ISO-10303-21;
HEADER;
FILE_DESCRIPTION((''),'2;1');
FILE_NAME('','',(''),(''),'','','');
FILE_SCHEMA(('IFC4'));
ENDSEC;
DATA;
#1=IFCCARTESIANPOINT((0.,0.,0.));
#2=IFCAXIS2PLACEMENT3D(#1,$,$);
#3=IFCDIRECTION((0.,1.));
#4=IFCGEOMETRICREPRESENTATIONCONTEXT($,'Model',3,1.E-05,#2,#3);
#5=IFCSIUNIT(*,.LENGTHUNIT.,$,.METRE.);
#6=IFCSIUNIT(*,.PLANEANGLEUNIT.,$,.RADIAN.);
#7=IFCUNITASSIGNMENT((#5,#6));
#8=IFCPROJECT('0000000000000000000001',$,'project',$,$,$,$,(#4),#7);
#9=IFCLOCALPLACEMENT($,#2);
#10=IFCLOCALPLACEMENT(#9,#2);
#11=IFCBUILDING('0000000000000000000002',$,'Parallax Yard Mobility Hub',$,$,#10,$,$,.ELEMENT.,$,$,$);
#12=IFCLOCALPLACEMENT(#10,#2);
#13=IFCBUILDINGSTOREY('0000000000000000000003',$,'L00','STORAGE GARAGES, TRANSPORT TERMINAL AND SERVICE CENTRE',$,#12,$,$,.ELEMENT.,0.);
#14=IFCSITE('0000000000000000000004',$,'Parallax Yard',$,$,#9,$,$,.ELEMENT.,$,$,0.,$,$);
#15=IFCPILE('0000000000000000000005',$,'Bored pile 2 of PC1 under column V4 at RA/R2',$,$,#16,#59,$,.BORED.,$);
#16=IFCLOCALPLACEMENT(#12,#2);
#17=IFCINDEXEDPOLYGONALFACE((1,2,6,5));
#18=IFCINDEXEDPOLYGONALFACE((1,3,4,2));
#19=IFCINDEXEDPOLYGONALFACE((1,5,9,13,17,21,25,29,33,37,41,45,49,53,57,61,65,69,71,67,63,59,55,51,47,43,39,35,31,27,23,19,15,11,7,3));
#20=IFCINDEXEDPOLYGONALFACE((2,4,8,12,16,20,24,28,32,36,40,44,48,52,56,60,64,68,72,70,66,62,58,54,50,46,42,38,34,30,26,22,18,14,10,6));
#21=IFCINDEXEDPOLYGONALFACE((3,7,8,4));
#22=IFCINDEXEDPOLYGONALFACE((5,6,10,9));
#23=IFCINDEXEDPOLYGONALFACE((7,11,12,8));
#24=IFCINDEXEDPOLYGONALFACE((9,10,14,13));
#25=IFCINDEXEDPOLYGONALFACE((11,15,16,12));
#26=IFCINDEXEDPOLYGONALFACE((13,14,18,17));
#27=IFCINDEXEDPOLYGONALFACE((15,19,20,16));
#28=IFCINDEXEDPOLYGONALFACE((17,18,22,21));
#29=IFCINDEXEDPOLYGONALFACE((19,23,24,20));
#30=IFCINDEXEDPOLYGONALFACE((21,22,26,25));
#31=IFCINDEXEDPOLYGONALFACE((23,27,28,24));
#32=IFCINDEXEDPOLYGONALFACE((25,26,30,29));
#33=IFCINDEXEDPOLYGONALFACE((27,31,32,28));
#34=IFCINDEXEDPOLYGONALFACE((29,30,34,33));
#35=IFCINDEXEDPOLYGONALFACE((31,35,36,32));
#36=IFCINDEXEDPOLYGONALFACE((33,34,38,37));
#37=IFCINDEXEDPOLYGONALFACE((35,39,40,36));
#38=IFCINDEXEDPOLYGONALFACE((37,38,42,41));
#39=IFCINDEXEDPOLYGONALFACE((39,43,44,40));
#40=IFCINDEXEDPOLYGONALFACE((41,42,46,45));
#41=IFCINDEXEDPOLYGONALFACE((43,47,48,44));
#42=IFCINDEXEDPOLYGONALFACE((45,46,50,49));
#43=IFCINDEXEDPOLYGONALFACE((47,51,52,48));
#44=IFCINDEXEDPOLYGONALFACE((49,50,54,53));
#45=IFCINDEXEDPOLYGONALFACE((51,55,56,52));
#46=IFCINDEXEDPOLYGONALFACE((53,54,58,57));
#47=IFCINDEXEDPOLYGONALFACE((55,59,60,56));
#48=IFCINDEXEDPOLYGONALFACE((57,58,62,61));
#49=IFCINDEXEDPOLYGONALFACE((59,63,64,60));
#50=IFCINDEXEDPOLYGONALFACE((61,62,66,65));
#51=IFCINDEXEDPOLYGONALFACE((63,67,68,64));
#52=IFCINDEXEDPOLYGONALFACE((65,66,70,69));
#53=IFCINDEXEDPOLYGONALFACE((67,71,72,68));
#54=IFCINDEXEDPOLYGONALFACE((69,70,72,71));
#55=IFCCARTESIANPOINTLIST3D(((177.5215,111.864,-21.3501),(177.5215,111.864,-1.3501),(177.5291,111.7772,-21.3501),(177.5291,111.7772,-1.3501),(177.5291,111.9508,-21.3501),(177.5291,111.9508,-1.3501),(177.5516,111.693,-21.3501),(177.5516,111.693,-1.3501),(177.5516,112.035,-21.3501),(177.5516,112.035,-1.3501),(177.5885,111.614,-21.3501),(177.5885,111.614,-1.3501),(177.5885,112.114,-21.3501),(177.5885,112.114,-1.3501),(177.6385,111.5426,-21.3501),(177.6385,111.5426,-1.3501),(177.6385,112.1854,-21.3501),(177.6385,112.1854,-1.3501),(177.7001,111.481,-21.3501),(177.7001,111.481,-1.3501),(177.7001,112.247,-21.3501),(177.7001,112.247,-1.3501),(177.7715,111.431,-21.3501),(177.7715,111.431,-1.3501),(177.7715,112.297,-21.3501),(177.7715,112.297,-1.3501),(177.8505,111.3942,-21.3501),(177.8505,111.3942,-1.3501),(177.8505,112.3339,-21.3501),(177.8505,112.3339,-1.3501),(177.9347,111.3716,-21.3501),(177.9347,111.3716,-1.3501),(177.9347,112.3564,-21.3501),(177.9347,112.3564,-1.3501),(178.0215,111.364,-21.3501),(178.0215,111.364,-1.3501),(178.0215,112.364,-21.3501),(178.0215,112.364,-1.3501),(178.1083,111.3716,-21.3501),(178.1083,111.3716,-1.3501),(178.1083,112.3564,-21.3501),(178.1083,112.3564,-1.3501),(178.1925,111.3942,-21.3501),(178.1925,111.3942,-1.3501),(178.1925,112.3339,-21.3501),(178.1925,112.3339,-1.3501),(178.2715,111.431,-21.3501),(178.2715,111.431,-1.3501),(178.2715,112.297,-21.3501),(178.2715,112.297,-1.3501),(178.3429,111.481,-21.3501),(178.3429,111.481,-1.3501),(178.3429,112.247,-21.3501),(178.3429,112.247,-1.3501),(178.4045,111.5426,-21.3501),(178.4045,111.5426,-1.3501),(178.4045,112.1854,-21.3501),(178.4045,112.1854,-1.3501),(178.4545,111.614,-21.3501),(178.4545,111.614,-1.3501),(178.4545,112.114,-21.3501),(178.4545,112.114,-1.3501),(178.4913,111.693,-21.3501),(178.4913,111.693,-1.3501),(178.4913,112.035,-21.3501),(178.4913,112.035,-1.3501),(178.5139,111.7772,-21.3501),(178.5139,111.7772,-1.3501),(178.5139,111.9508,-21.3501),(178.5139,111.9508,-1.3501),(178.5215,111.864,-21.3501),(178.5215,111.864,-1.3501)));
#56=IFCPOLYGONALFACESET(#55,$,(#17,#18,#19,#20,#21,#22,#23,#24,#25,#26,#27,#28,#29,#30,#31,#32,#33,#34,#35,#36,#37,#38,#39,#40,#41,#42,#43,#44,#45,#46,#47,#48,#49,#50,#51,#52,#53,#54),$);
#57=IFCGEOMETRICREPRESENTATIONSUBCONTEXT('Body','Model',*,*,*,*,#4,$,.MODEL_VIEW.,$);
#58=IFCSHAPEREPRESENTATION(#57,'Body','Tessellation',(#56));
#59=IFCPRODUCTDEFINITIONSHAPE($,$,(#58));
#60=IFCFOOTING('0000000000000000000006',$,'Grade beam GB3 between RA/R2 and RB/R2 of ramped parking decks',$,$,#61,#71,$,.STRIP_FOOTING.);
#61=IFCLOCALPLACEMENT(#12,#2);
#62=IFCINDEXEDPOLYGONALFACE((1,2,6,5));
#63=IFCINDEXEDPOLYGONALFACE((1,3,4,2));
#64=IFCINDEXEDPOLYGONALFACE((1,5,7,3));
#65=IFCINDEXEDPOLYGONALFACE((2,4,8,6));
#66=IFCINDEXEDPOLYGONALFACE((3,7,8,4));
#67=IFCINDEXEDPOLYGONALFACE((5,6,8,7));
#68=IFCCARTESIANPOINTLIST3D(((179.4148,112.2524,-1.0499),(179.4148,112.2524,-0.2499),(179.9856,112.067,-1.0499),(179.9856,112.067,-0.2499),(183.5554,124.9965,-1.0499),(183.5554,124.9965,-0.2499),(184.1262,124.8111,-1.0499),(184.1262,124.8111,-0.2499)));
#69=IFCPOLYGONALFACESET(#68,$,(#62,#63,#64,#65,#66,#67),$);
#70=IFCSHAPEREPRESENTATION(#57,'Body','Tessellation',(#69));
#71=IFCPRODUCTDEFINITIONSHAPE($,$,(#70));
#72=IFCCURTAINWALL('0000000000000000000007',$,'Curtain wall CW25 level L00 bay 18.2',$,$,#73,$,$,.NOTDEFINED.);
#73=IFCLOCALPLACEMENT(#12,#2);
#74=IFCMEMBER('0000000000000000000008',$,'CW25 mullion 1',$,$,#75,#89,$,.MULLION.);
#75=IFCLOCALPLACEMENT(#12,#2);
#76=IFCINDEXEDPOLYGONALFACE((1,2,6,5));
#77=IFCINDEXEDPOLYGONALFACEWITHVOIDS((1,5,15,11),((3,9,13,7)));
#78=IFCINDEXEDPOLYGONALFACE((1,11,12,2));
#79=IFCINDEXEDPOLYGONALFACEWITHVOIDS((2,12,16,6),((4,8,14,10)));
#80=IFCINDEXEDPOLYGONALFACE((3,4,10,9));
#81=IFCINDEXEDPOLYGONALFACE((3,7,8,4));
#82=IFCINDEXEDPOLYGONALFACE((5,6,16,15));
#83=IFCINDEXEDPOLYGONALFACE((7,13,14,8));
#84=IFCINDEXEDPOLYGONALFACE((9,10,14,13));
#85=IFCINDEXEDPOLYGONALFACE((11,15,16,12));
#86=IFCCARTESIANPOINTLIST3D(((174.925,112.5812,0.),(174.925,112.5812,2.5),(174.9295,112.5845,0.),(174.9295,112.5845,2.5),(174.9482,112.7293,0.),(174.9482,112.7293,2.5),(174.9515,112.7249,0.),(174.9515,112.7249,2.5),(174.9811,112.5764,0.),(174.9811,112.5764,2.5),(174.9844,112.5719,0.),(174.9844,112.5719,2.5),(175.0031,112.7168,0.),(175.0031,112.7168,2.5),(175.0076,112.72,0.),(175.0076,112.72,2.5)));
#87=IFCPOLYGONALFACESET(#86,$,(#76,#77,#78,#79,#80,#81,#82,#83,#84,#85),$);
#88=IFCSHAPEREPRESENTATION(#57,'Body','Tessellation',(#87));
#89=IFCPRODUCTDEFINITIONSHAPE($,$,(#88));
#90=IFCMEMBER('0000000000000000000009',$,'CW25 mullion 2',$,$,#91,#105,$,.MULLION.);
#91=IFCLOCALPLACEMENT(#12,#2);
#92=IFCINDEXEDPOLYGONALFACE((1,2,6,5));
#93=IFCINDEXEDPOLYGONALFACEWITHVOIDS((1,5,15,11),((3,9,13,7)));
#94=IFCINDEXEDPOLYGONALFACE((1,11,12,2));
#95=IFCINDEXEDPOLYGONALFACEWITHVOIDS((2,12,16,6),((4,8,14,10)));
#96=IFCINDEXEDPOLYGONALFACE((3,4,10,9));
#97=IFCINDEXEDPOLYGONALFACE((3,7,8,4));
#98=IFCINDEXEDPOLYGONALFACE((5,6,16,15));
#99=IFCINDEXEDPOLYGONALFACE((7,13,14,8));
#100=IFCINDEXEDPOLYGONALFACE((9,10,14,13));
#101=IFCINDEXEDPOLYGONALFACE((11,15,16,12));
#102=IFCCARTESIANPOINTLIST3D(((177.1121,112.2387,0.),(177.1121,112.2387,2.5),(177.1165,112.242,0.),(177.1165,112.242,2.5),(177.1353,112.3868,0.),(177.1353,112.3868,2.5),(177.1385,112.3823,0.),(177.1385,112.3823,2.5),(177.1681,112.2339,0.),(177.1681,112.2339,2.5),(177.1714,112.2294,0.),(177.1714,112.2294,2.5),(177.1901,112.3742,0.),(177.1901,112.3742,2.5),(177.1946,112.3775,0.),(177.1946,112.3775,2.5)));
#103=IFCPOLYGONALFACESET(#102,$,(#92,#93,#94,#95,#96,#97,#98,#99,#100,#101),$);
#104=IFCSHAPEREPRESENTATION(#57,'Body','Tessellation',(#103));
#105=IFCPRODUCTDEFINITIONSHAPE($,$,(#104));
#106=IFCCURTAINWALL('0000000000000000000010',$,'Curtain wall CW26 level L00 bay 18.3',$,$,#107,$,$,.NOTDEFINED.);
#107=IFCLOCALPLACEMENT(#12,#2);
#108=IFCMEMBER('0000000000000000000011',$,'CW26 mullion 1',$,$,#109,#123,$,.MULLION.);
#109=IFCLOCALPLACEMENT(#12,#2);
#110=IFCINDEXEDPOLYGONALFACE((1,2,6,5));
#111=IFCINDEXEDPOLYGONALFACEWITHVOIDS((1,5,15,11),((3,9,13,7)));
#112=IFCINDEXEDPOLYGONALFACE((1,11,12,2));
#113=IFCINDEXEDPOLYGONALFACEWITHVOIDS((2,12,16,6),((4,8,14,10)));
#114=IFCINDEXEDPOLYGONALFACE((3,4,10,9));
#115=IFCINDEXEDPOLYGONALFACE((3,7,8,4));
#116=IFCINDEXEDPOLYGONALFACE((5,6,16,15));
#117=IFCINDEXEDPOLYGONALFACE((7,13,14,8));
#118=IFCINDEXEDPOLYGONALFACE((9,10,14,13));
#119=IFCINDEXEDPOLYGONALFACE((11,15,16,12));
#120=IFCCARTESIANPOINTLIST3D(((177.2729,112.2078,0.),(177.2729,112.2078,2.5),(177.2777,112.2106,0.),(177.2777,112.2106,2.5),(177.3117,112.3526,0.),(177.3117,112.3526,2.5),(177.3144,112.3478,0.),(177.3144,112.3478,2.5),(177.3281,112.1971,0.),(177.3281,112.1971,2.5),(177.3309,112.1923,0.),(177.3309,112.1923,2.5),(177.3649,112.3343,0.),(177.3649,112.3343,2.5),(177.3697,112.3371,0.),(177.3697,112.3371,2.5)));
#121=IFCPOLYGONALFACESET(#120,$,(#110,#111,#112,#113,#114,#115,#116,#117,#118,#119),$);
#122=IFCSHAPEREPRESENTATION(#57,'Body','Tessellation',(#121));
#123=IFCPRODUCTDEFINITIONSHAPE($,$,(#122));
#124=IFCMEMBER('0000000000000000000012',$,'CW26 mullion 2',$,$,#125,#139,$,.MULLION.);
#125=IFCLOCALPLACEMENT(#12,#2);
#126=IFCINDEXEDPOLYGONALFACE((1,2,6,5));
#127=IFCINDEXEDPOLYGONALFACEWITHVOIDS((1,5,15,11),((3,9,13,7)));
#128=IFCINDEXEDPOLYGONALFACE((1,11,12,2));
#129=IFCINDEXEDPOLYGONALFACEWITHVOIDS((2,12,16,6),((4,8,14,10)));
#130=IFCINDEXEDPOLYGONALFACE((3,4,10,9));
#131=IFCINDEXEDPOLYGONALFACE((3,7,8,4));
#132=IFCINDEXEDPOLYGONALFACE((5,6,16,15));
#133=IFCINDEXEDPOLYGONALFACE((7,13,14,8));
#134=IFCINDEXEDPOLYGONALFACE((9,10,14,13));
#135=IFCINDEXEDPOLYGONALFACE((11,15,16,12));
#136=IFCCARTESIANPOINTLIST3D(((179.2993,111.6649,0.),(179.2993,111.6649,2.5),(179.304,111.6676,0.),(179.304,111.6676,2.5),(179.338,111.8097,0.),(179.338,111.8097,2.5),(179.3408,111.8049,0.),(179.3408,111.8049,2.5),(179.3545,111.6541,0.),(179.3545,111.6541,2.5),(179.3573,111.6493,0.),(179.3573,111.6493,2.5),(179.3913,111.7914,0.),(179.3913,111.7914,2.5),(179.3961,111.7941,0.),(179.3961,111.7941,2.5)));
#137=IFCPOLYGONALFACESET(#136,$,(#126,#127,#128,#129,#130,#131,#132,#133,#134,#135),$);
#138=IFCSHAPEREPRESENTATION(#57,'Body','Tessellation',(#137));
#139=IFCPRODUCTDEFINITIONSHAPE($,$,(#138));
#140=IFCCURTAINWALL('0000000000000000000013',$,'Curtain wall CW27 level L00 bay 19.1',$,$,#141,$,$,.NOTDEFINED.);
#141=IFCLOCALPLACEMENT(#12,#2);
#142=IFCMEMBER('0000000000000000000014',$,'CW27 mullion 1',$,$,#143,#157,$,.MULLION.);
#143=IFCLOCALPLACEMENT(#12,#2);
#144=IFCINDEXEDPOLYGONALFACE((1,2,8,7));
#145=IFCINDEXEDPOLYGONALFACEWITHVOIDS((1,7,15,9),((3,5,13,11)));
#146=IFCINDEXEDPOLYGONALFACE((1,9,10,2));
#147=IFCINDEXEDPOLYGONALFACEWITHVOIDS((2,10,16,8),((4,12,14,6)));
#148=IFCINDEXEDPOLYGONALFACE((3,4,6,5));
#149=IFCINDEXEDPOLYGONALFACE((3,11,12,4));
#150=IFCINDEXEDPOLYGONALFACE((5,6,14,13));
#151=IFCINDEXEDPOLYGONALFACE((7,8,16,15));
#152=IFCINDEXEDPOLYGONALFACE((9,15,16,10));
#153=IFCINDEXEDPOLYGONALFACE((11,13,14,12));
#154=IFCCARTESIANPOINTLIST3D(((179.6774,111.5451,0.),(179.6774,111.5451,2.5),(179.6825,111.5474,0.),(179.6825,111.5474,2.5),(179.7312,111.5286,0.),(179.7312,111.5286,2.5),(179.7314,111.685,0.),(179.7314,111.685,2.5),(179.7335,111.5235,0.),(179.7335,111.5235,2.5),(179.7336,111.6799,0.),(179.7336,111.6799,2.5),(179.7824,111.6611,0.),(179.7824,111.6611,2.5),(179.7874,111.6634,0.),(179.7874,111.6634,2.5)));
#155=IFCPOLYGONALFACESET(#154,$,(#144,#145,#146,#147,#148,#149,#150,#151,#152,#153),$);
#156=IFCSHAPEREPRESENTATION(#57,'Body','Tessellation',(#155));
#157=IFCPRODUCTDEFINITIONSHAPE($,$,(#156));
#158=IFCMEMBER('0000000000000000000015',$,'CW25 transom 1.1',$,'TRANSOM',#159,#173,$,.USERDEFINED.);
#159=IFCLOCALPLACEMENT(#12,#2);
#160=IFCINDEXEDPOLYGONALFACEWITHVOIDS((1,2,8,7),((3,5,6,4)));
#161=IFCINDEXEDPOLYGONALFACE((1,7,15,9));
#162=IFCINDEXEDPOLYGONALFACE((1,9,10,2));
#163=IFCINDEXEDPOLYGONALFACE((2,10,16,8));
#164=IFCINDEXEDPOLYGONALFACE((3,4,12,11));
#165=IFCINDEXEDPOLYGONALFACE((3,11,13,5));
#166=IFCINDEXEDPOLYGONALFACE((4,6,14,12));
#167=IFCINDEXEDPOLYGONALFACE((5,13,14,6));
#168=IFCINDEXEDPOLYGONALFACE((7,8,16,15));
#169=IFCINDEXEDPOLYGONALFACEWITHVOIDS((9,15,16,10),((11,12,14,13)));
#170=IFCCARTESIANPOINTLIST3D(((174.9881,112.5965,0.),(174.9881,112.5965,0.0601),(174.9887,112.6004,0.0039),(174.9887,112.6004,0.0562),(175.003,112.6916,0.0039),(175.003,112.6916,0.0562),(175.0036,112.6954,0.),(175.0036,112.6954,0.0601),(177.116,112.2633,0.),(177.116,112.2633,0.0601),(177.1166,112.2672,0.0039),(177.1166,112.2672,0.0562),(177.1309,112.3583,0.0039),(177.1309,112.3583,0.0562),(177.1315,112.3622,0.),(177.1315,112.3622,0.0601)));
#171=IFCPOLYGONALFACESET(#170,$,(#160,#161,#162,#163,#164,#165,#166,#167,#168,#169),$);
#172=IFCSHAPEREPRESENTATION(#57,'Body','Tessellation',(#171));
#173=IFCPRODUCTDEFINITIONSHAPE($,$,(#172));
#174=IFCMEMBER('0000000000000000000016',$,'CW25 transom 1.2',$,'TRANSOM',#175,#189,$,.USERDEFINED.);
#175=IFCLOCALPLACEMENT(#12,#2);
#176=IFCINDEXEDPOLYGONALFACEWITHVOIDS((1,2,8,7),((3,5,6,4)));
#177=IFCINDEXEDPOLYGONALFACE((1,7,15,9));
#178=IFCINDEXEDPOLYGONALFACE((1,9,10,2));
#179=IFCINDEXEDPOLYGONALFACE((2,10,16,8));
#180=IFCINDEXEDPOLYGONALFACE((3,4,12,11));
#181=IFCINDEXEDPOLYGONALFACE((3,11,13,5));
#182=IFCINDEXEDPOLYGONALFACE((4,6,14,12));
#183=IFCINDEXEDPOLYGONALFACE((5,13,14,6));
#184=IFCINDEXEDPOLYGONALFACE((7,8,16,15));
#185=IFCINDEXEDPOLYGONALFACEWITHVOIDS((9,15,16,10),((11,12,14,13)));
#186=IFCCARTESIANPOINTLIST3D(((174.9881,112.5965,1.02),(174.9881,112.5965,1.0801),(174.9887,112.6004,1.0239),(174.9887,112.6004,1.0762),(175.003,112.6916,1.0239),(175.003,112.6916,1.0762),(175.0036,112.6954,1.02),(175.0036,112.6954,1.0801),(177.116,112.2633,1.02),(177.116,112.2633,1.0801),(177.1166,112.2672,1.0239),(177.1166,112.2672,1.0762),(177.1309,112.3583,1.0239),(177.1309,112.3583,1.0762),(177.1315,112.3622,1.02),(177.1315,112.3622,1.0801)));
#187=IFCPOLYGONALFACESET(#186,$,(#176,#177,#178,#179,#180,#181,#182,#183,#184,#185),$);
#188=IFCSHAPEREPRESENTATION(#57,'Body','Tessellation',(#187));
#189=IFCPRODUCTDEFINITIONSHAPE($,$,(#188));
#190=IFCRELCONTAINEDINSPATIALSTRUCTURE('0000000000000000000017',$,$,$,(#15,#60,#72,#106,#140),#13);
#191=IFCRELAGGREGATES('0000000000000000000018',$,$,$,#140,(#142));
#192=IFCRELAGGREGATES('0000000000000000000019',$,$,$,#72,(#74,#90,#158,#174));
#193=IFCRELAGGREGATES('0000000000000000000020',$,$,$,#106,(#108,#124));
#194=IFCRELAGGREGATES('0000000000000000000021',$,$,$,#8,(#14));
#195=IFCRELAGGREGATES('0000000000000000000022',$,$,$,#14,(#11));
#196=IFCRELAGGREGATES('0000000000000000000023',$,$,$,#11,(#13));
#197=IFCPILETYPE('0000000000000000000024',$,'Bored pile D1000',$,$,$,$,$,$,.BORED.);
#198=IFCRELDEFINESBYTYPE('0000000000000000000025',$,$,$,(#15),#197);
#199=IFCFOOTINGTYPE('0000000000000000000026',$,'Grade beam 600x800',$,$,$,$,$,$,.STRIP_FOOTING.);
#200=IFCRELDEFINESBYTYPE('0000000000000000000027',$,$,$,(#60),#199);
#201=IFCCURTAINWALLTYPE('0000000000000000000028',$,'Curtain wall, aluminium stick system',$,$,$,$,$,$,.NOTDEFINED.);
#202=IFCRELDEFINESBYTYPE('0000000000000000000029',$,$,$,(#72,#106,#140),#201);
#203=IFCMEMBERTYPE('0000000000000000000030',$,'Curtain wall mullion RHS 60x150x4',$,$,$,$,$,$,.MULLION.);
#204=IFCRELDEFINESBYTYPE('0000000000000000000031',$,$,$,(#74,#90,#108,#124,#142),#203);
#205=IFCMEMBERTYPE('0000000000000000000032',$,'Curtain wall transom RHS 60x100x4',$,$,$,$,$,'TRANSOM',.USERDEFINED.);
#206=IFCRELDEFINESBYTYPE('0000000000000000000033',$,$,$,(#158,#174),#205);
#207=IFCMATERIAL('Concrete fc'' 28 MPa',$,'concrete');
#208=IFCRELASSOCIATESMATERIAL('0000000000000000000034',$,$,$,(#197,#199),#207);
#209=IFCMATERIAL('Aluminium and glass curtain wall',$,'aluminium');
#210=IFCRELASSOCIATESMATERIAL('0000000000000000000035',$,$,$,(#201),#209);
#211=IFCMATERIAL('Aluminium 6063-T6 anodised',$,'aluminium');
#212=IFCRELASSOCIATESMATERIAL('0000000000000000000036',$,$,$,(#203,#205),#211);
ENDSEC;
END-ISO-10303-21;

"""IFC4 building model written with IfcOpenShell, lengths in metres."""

from ifc_helpers import new_model, si_unit, direction, frame, origin, origin_2d, place, context, subcontext, project, spatial, rectangle, hollow_rectangle, circle, extrude, material, material_profile, profile_set, type_object, element, aggregate, save


model = new_model("IFC4")

# Units and contexts
model_context = context("Model", 3, precision=1e-05, world=origin(), true_north=direction((0.0, 1.0)))
body_context = subcontext(model_context, "Body", "Model", "MODEL_VIEW")
ifc_project = project(units=[si_unit("LENGTHUNIT", "METRE"), si_unit("PLANEANGLEUNIT", "RADIAN")], contexts=[model_context])

# Site, building, storey
site_placement = place(None, origin())
site = spatial("IfcSite", under=ifc_project, at=site_placement, Name="Parallax Yard", CompositionType="ELEMENT", RefElevation=0.0)
building_placement = place(site_placement, origin())
building = spatial("IfcBuilding", under=site, at=building_placement, Name="Parallax Yard Mobility Hub", CompositionType="ELEMENT")
storey_placement = place(building_placement, origin())
storey = spatial("IfcBuildingStorey", under=building, at=storey_placement, Name="L00", Description="STORAGE GARAGES, TRANSPORT TERMINAL AND SERVICE CENTRE", CompositionType="ELEMENT", Elevation=0.0)

# Pile
ifc_material_1 = material(Name="Concrete fc' 28 MPa", Category="concrete")
ifc_material_profile_1 = material_profile(ifc_material_1, circle(Radius=0.5, at=origin_2d()), Name="Bored pile D1000")
ifc_profile_set_1 = profile_set([ifc_material_profile_1], Name="Concrete fc' 28 MPa")
pile_type = type_object("IfcPileType", Name="Bored pile D1000", PredefinedType="BORED", material=ifc_profile_set_1)
pile_placement = place(storey_placement, frame((178.0215, 111.864, -1.3501), z_axis=(0.0, 0.0, -1.0), x_axis=(1.0, 0.0, 0.0)))
element("IfcPile", 1, at=pile_placement, inside=storey, type_object=pile_type, Name="Bored pile 2 of PC1 under column V4 at RA/R2", PredefinedType="BORED", context=body_context, shape_type="SweptSolid", body=[
    extrude(circle(Radius=0.5, at=origin_2d()), origin(), (0.0, 0.0, 1.0), 20.0),
])

# Footing
ifc_material_profile_2 = material_profile(ifc_material_1, rectangle(XDim=0.6001, YDim=0.8, at=origin_2d()), Name="Grade beam 600x800")
ifc_profile_set_2 = profile_set([ifc_material_profile_2], Name="Concrete fc' 28 MPa")
footing_type = type_object("IfcFootingType", Name="Grade beam 600x800", PredefinedType="STRIP_FOOTING", material=ifc_profile_set_2)
footing_placement = place(storey_placement, frame((179.7002, 112.1597, -0.6499), z_axis=(0.309004, 0.951061, 0.0), x_axis=(-0.951061, 0.309004, 0.0)))
element("IfcFooting", 2, at=footing_placement, inside=storey, type_object=footing_type, Name="Grade beam GB3 between RA/R2 and RB/R2 of ramped parking decks", PredefinedType="STRIP_FOOTING", context=body_context, shape_type="SweptSolid", body=[
    extrude(rectangle(XDim=0.6001, YDim=0.8, at=origin_2d()), origin(), (0.0, 0.0, 1.0), 13.3999),
])

# Curtain walls, members
ifc_material_2 = material(Name="Aluminium and glass curtain wall", Category="aluminium")
curtain_wall_type = type_object("IfcCurtainWallType", Name="Curtain wall, aluminium stick system", PredefinedType="NOTDEFINED", material=ifc_material_2)
curtain_wall_1_placement = place(storey_placement, origin())
curtain_wall_1 = element("IfcCurtainWall", 3, at=curtain_wall_1_placement, inside=storey, type_object=curtain_wall_type, Name="Curtain wall CW25 level L00 bay 18.2", PredefinedType="NOTDEFINED")
ifc_material_3 = material(Name="Aluminium 6063-T6 anodised", Category="aluminium")
ifc_material_profile_3 = material_profile(ifc_material_3, hollow_rectangle(XDim=0.1499, YDim=0.0601, WallThickness=0.0039, at=origin_2d()), Name="RHS 60x150x4")
ifc_profile_set_3 = profile_set([ifc_material_profile_3], Name="Aluminium 6063-T6 anodised")
member_type_1 = type_object("IfcMemberType", Name="Curtain wall mullion RHS 60x150x4", PredefinedType="MULLION", material=ifc_profile_set_3)
member_1_placement = place(storey_placement, frame((174.9663, 112.6506, 0.0), z_axis=(0.0, 0.0, 1.0), x_axis=(0.154806, 0.987945, 0.0)))
member_1 = element("IfcMember", 4, at=member_1_placement, type_object=member_type_1, Name="CW25 mullion 1", PredefinedType="MULLION", context=body_context, shape_type="SweptSolid", body=[
    extrude(hollow_rectangle(XDim=0.1499, YDim=0.0601, WallThickness=0.0039, at=origin_2d()), origin(), (0.0, 0.0, 1.0), 2.5),
])
member_2_placement = place(storey_placement, frame((177.1533, 112.3081, 0.0), z_axis=(0.0, 0.0, 1.0), x_axis=(0.154806, 0.987945, 0.0)))
member_2 = element("IfcMember", 5, at=member_2_placement, type_object=member_type_1, Name="CW25 mullion 2", PredefinedType="MULLION", context=body_context, shape_type="SweptSolid", body=[
    extrude(hollow_rectangle(XDim=0.1499, YDim=0.0601, WallThickness=0.0039, at=origin_2d()), origin(), (0.0, 0.0, 1.0), 2.5),
])
curtain_wall_2_placement = place(storey_placement, origin())
curtain_wall_2 = element("IfcCurtainWall", 6, at=curtain_wall_2_placement, inside=storey, type_object=curtain_wall_type, Name="Curtain wall CW26 level L00 bay 18.3", PredefinedType="NOTDEFINED")
member_3_placement = place(storey_placement, frame((177.3213, 112.2725, 0.0), z_axis=(0.0, 0.0, 1.0), x_axis=(0.258825, 0.965924, 0.0)))
member_3 = element("IfcMember", 7, at=member_3_placement, type_object=member_type_1, Name="CW26 mullion 1", PredefinedType="MULLION", context=body_context, shape_type="SweptSolid", body=[
    extrude(hollow_rectangle(XDim=0.1499, YDim=0.0601, WallThickness=0.0039, at=origin_2d()), origin(), (0.0, 0.0, 1.0), 2.5),
])
member_4_placement = place(storey_placement, frame((179.3477, 111.7295, 0.0), z_axis=(0.0, 0.0, 1.0), x_axis=(0.258825, 0.965924, 0.0)))
member_4 = element("IfcMember", 8, at=member_4_placement, type_object=member_type_1, Name="CW26 mullion 2", PredefinedType="MULLION", context=body_context, shape_type="SweptSolid", body=[
    extrude(hollow_rectangle(XDim=0.1499, YDim=0.0601, WallThickness=0.0039, at=origin_2d()), origin(), (0.0, 0.0, 1.0), 2.5),
])

# Curtain wall, member
curtain_wall_3_placement = place(storey_placement, origin())
curtain_wall_3 = element("IfcCurtainWall", 9, at=curtain_wall_3_placement, inside=storey, type_object=curtain_wall_type, Name="Curtain wall CW27 level L00 bay 19.1", PredefinedType="NOTDEFINED")
member_5_placement = place(storey_placement, frame((179.7324, 111.6042, 0.0), z_axis=(0.0, 0.0, 1.0), x_axis=(0.359855, 0.933008, 0.0)))
member_5 = element("IfcMember", 10, at=member_5_placement, type_object=member_type_1, Name="CW27 mullion 1", PredefinedType="MULLION", context=body_context, shape_type="SweptSolid", body=[
    extrude(hollow_rectangle(XDim=0.1499, YDim=0.0601, WallThickness=0.0039, at=origin_2d()), origin(), (0.0, 0.0, 1.0), 2.5),
])

# Members
ifc_material_profile_4 = material_profile(ifc_material_3, hollow_rectangle(XDim=0.1001, YDim=0.0601, WallThickness=0.0039, at=origin_2d()), Name="RHS 60x100x4")
ifc_profile_set_4 = profile_set([ifc_material_profile_4], Name="Aluminium 6063-T6 anodised")
member_type_2 = type_object("IfcMemberType", Name="Curtain wall transom RHS 60x100x4", ElementType="TRANSOM", PredefinedType="USERDEFINED", material=ifc_profile_set_4)
member_6_placement = place(storey_placement, frame((174.9958, 112.646, 0.03), z_axis=(0.987958, -0.154723, 0.0), x_axis=(0.154723, 0.987958, 0.0)))
member_6 = element("IfcMember", 11, at=member_6_placement, type_object=member_type_2, Name="CW25 transom 1.1", ObjectType="TRANSOM", PredefinedType="USERDEFINED", context=body_context, shape_type="SweptSolid", body=[
    extrude(hollow_rectangle(XDim=0.1001, YDim=0.0601, WallThickness=0.0039, at=origin_2d()), origin(), (0.0, 0.0, 1.0), 2.1538),
])
member_7_placement = place(storey_placement, frame((174.9958, 112.646, 1.05), z_axis=(0.987958, -0.154723, 0.0), x_axis=(0.154723, 0.987958, 0.0)))
member_7 = element("IfcMember", 12, at=member_7_placement, type_object=member_type_2, Name="CW25 transom 1.2", ObjectType="TRANSOM", PredefinedType="USERDEFINED", context=body_context, shape_type="SweptSolid", body=[
    extrude(hollow_rectangle(XDim=0.1001, YDim=0.0601, WallThickness=0.0039, at=origin_2d()), origin(), (0.0, 0.0, 1.0), 2.1538),
])
aggregate(curtain_wall_3, [member_5])

aggregate(curtain_wall_1, [member_1, member_2, member_6, member_7])
aggregate(curtain_wall_2, [member_3, member_4])

save(model, "model.ifc")
